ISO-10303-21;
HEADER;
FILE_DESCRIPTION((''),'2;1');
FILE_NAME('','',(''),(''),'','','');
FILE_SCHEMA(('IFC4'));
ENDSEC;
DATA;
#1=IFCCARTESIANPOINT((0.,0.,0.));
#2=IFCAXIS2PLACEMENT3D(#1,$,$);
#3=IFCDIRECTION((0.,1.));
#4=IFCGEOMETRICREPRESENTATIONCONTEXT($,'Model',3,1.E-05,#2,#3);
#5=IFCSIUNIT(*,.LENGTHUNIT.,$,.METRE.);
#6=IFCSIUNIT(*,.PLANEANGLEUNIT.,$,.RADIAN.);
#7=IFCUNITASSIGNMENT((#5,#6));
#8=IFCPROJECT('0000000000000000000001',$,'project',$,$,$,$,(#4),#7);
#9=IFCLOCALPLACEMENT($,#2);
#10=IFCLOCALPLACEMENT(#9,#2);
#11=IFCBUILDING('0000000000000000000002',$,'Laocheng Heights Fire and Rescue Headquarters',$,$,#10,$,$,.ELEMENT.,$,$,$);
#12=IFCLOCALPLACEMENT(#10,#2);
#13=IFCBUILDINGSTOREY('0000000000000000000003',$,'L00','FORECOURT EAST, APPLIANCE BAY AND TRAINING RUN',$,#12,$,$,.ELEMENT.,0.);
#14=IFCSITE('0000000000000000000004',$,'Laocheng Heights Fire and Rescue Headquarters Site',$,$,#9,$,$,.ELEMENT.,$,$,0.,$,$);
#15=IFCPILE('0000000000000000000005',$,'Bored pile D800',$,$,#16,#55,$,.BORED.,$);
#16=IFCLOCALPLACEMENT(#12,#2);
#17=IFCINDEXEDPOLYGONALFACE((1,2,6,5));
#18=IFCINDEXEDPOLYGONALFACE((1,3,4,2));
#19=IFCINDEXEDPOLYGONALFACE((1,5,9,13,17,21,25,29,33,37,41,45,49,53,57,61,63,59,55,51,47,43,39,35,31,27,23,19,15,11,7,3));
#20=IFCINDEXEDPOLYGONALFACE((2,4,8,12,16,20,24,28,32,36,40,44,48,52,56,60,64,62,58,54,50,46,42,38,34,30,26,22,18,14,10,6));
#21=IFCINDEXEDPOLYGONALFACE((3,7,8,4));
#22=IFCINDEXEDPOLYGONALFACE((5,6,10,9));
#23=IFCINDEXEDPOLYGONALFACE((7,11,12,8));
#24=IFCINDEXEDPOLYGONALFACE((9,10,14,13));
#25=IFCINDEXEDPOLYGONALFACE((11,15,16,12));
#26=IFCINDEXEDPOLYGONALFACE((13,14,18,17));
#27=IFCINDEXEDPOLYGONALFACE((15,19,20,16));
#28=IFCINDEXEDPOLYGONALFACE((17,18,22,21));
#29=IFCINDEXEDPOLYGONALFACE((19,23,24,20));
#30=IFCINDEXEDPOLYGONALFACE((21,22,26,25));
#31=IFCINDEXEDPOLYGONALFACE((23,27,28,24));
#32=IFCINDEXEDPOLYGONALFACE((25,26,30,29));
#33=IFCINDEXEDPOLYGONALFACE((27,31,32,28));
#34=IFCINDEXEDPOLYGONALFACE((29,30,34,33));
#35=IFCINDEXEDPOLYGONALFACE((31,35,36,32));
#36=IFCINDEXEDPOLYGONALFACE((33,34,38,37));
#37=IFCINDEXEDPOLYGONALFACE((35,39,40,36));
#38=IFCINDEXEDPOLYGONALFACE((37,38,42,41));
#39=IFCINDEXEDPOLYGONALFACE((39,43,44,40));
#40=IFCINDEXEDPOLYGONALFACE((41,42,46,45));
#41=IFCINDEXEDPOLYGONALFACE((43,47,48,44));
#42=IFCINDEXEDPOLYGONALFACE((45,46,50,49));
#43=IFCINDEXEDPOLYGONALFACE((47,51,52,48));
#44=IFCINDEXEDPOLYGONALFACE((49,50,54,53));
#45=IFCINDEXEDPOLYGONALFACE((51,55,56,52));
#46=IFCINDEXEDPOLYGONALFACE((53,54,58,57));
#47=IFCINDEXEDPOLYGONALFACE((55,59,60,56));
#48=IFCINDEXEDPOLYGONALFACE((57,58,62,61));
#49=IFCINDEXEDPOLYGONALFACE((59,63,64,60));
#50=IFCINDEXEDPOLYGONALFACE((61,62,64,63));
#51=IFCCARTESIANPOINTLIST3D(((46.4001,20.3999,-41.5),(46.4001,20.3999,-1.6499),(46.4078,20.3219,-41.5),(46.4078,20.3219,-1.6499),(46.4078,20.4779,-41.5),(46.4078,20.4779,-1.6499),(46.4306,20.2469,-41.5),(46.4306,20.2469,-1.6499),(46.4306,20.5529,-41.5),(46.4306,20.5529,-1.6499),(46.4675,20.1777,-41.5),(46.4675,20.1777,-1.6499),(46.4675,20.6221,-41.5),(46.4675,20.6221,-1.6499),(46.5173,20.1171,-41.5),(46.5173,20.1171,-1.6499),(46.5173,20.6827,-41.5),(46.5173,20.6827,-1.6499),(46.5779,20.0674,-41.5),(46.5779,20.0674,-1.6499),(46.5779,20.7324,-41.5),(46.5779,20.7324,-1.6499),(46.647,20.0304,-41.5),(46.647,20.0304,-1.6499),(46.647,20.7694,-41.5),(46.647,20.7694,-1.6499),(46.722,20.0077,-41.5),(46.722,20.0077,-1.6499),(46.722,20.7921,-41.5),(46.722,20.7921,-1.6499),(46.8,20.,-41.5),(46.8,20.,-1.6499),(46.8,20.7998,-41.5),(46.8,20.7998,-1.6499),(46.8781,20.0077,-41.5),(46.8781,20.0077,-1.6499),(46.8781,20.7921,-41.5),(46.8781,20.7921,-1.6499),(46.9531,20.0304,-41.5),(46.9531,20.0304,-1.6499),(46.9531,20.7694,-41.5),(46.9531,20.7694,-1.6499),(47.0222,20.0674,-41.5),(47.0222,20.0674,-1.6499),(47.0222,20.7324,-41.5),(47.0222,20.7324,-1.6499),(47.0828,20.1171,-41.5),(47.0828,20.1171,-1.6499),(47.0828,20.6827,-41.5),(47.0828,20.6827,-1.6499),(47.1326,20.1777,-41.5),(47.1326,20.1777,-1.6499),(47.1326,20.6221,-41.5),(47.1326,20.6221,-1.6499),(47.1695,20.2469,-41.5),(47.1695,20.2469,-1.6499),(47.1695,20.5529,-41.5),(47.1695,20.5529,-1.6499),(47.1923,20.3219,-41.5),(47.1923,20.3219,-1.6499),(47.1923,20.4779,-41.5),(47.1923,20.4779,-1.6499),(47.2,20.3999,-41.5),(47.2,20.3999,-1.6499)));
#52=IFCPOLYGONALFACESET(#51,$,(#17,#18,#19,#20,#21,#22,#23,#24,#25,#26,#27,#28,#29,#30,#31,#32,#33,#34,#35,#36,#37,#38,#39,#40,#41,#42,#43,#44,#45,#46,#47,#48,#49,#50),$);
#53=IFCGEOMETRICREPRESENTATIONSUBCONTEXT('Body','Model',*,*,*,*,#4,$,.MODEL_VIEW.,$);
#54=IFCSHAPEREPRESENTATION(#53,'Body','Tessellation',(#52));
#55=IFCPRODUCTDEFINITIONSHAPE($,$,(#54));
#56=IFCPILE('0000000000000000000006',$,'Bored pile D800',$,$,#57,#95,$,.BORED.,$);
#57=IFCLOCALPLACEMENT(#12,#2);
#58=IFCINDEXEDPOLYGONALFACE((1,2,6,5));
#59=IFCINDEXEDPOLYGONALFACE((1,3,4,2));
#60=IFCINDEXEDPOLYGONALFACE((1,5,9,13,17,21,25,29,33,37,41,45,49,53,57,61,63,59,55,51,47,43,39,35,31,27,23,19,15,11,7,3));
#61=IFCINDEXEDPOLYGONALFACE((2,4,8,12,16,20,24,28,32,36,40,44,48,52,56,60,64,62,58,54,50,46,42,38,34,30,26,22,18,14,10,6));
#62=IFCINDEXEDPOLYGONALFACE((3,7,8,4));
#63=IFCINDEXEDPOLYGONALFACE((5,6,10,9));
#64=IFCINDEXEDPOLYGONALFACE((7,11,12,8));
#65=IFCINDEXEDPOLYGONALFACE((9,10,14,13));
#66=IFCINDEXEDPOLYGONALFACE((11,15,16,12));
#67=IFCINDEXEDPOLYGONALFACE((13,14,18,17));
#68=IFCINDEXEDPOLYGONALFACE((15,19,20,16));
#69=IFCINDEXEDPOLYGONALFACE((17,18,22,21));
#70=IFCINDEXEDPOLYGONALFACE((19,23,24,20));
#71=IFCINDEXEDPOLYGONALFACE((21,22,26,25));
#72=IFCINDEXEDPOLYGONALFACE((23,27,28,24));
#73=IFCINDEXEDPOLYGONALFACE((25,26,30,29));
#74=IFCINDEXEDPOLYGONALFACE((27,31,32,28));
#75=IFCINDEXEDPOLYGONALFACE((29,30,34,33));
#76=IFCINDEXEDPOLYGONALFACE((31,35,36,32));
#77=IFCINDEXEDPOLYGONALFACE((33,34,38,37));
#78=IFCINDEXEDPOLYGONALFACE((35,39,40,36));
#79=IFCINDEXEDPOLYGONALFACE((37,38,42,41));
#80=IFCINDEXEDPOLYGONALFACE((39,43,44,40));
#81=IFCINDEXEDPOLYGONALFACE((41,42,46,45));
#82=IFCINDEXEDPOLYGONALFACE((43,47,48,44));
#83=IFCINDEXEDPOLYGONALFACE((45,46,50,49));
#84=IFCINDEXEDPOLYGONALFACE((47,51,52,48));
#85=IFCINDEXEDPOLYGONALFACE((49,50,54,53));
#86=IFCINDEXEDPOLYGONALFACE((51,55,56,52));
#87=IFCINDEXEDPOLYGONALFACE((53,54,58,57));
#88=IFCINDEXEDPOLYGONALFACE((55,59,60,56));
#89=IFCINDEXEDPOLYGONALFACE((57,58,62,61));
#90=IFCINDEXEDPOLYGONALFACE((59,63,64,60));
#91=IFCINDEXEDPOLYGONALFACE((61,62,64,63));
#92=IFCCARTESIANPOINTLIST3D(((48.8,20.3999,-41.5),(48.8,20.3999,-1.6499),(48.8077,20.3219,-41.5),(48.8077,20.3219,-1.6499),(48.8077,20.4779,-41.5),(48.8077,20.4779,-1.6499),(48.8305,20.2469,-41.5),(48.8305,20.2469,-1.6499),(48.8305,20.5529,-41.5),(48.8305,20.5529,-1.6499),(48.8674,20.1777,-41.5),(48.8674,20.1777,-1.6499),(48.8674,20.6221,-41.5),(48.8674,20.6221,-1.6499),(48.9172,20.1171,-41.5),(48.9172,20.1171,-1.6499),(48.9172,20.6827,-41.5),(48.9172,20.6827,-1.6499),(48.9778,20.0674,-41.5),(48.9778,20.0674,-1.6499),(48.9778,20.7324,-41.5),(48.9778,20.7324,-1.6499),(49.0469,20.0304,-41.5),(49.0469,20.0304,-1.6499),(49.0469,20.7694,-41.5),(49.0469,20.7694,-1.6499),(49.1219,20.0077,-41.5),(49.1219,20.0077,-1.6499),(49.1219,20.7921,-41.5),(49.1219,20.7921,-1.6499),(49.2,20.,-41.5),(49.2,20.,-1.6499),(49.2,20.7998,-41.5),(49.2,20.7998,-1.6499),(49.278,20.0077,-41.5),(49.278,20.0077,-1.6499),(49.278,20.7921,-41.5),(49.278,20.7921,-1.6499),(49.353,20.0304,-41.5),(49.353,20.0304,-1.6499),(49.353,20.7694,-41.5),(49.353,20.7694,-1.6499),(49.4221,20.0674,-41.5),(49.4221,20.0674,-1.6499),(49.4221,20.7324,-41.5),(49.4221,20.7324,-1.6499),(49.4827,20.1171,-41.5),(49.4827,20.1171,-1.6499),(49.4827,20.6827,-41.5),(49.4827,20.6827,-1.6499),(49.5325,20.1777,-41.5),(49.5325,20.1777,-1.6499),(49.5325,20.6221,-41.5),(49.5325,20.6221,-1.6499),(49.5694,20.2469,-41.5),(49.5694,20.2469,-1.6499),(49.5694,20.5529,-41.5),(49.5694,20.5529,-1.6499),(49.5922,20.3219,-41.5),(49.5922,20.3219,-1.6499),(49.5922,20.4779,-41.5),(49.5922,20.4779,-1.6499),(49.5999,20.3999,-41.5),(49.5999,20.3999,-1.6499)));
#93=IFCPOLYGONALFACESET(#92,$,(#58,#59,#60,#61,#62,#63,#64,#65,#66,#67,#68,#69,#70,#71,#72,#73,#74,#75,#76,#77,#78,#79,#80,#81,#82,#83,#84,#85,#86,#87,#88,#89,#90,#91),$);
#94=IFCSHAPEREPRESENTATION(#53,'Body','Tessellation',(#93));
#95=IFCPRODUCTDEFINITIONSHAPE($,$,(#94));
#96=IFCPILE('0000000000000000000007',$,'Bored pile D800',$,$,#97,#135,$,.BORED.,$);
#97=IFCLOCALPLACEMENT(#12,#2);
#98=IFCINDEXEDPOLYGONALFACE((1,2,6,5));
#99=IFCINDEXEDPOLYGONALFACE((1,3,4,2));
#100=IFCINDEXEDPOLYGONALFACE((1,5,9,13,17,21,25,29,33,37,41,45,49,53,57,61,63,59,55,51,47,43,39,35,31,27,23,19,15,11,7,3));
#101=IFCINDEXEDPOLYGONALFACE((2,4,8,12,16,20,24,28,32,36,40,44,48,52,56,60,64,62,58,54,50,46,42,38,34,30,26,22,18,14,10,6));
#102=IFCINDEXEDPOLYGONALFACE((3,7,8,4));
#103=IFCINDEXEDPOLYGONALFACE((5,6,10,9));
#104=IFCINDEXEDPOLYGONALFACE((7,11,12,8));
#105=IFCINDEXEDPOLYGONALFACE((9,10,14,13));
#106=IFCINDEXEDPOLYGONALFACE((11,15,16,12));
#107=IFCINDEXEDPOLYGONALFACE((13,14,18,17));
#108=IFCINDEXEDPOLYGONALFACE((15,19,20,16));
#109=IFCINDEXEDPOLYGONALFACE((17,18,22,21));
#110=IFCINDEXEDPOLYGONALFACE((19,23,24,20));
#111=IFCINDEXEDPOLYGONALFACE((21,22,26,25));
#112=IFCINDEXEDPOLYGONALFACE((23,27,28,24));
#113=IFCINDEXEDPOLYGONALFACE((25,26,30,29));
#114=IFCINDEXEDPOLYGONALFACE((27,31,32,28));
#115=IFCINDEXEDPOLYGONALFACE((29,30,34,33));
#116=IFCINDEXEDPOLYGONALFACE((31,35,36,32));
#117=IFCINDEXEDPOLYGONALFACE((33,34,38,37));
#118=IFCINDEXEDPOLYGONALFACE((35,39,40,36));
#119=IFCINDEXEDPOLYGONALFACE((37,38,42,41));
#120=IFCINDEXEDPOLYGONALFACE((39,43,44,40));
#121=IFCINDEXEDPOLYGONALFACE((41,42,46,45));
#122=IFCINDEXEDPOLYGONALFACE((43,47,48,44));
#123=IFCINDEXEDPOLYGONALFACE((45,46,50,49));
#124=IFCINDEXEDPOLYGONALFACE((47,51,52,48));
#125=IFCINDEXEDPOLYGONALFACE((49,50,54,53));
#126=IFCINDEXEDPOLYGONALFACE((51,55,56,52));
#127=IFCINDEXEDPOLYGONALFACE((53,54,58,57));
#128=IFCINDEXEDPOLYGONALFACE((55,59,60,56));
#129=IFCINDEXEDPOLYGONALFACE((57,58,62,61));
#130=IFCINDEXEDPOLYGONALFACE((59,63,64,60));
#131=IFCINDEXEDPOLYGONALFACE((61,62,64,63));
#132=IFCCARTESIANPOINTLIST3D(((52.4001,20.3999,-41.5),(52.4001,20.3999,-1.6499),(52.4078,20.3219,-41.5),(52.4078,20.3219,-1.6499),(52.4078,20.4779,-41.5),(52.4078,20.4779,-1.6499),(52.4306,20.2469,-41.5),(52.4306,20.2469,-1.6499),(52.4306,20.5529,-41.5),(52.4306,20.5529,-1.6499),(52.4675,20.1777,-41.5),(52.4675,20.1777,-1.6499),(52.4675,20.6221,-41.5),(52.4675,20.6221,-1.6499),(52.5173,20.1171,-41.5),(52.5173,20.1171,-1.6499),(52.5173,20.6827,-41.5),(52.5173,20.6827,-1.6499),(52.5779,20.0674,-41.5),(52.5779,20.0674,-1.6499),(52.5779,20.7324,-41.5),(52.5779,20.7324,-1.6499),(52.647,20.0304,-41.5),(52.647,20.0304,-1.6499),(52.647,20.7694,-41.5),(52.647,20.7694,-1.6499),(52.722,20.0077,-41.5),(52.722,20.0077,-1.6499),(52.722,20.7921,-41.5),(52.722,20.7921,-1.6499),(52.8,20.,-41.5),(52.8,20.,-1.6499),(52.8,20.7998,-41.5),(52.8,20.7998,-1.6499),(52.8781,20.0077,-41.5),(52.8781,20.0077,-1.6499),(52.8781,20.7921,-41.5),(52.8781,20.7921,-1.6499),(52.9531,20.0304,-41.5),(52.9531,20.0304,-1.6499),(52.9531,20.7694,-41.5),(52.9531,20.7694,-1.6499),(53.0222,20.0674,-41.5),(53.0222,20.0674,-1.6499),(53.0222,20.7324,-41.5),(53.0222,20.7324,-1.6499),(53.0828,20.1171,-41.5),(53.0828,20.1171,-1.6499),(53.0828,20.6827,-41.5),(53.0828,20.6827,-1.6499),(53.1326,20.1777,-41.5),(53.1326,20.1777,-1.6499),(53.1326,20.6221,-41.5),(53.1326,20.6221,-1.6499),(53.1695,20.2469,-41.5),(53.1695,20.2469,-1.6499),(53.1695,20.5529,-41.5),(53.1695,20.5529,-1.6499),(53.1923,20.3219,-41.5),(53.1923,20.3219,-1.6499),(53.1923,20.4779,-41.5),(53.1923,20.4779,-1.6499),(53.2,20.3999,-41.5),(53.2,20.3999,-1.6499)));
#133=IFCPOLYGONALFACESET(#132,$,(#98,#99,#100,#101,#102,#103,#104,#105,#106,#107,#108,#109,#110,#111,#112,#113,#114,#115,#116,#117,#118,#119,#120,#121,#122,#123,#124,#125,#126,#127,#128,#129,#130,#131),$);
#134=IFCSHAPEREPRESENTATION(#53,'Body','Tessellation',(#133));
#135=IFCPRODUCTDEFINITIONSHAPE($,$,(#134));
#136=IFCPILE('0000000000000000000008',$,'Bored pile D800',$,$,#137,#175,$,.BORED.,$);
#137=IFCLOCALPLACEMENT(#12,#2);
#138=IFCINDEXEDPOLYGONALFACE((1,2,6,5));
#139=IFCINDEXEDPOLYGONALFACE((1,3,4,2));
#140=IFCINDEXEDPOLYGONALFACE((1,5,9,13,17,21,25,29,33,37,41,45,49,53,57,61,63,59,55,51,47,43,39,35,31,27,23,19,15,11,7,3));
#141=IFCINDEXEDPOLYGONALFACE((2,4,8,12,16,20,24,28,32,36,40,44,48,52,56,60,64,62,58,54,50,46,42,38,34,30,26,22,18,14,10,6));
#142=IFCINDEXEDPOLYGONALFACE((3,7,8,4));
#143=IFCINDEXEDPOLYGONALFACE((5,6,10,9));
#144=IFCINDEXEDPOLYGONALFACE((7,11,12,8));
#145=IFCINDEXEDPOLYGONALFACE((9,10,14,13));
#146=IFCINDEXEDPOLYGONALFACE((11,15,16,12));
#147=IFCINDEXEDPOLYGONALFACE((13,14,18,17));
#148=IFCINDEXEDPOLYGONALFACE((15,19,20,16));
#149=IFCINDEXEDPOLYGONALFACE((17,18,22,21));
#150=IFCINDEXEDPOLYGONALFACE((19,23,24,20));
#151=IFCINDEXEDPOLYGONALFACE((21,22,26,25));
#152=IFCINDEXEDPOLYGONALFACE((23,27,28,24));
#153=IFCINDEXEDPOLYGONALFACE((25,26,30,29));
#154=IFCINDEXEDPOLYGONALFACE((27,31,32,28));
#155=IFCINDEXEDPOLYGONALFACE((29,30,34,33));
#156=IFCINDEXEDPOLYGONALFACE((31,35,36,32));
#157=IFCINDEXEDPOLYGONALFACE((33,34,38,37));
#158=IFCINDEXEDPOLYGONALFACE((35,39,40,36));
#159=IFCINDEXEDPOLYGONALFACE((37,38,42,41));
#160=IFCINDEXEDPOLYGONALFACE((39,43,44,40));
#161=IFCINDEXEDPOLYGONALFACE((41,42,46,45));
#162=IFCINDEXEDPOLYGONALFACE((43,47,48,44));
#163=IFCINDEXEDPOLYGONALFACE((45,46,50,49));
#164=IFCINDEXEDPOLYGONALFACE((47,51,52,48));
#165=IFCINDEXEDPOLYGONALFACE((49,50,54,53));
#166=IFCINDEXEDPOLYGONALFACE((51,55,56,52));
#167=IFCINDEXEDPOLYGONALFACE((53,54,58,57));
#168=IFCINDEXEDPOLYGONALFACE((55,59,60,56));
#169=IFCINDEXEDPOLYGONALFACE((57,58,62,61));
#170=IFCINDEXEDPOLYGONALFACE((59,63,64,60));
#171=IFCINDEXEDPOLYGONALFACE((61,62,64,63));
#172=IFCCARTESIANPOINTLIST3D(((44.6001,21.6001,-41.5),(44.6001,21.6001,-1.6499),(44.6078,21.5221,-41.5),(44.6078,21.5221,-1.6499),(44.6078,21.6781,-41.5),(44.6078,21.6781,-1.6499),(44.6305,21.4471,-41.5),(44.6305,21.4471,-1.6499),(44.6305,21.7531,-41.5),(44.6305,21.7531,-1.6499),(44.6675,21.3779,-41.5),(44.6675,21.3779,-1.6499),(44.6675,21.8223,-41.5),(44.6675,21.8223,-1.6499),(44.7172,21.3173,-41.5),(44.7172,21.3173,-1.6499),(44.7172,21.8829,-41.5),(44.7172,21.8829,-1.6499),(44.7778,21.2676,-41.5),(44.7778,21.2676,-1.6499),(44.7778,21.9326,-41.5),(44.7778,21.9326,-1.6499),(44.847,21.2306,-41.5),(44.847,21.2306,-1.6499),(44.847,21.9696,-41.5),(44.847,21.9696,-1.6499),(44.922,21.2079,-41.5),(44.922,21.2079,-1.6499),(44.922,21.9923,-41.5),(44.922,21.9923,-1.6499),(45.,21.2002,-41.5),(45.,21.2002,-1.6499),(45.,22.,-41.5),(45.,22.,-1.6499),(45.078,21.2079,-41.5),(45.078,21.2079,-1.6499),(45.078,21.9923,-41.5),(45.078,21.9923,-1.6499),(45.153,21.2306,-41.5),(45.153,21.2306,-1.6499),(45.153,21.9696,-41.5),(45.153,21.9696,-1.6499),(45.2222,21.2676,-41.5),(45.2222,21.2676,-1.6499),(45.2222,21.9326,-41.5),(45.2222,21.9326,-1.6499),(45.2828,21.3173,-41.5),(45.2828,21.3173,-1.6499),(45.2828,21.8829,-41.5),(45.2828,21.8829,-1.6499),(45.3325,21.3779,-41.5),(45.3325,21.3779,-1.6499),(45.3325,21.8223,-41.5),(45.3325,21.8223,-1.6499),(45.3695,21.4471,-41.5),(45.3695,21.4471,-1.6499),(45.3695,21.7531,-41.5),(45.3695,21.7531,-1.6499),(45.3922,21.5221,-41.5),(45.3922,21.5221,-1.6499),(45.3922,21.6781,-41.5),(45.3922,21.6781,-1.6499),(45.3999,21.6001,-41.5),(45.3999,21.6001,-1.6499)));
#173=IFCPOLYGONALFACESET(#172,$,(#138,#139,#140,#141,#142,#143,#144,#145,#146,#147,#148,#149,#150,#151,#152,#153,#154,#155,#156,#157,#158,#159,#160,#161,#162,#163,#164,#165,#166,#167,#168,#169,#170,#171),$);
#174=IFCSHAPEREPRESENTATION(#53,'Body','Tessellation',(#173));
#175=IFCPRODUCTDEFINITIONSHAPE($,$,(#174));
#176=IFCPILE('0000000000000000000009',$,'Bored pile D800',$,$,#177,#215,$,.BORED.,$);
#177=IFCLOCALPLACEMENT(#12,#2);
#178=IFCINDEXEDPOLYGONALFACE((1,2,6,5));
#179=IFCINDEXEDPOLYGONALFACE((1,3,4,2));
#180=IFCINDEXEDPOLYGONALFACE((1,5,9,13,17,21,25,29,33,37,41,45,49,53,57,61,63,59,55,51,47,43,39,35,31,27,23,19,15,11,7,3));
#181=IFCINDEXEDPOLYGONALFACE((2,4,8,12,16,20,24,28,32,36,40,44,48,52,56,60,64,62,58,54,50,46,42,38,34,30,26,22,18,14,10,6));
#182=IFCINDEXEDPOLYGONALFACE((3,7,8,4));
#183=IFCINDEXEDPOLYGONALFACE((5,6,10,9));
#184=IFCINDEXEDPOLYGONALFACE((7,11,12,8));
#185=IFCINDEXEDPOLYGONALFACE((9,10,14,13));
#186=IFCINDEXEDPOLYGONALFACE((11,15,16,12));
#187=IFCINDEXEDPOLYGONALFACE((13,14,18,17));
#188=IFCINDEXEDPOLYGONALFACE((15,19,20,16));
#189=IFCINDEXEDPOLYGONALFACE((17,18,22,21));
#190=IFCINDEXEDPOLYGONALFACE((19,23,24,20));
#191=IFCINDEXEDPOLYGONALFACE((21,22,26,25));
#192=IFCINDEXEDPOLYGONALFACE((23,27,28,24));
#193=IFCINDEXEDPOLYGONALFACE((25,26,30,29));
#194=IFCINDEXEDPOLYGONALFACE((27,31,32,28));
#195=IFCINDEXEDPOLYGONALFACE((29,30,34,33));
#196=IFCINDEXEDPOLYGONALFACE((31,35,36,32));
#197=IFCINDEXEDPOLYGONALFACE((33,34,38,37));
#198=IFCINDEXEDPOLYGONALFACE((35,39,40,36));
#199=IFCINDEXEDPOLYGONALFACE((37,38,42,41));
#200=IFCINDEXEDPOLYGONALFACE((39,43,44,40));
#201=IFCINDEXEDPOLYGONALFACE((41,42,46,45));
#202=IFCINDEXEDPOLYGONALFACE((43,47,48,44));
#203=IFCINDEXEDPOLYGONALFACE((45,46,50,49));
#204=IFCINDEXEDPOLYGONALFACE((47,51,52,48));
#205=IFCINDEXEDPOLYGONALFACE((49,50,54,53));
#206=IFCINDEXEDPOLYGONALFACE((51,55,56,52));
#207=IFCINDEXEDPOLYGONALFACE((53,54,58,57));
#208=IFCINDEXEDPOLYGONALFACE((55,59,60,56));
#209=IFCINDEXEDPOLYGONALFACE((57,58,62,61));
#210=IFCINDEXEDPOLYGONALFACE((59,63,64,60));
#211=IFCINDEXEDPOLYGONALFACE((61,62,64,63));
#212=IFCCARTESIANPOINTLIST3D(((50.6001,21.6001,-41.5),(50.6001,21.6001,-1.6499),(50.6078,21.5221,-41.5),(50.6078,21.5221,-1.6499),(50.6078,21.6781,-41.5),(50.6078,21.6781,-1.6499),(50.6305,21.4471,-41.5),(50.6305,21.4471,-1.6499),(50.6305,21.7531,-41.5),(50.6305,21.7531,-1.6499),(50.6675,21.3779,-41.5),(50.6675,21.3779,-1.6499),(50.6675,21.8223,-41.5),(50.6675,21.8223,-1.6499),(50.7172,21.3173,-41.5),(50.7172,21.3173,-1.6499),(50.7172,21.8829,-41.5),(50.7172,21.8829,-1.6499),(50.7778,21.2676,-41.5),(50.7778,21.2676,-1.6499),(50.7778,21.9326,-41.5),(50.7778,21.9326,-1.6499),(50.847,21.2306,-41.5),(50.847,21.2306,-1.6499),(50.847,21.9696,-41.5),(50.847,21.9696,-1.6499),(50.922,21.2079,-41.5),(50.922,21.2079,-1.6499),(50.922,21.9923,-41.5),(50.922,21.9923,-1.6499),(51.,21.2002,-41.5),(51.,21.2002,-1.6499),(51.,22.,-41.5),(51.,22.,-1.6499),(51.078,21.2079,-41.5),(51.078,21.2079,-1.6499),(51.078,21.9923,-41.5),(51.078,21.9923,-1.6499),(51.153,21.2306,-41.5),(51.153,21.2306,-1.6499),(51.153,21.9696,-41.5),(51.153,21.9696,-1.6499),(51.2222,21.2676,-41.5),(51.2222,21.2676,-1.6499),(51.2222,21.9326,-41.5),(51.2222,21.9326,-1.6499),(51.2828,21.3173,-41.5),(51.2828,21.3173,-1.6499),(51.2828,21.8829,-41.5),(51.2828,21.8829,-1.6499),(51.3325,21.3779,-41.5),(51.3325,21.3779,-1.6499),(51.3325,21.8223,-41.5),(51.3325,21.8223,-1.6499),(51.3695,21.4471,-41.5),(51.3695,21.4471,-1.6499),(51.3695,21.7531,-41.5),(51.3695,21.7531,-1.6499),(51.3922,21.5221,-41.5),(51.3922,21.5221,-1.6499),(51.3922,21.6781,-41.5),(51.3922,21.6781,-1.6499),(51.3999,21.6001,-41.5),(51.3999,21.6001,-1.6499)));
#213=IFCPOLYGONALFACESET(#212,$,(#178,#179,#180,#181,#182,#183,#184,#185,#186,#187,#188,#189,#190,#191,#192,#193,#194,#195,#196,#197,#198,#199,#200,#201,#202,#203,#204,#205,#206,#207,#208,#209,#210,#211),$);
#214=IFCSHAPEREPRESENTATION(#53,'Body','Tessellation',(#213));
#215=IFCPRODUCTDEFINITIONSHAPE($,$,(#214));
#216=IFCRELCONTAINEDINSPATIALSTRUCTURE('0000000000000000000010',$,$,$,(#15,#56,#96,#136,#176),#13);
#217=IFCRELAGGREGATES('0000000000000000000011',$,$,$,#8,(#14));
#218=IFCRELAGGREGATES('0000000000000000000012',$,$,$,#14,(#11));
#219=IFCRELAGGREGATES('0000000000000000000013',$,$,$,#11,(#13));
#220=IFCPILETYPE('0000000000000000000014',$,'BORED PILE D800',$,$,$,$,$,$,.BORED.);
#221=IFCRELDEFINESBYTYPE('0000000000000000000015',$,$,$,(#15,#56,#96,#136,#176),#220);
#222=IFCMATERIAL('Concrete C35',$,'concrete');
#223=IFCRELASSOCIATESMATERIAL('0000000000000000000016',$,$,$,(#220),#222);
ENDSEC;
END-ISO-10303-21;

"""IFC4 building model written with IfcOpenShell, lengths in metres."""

from ifc_helpers import new_model, si_unit, direction, frame, origin, origin_2d, place, context, subcontext, project, spatial, circle, extrude, material, material_profile, profile_set, type_object, element, save


model = new_model("IFC4")

# Units and contexts
model_context = context("Model", 3, precision=1e-05, world=origin(), true_north=direction((0.0, 1.0)))
body_context = subcontext(model_context, "Body", "Model", "MODEL_VIEW")
ifc_project = project(units=[si_unit("LENGTHUNIT", "METRE"), si_unit("PLANEANGLEUNIT", "RADIAN")], contexts=[model_context])

# Site, building, storey
site_placement = place(None, origin())
site = spatial("IfcSite", under=ifc_project, at=site_placement, Name="Laocheng Heights Fire and Rescue Headquarters Site", CompositionType="ELEMENT", RefElevation=0.0)
building_placement = place(site_placement, origin())
building = spatial("IfcBuilding", under=site, at=building_placement, Name="Laocheng Heights Fire and Rescue Headquarters", CompositionType="ELEMENT")
storey_placement = place(building_placement, origin())
storey = spatial("IfcBuildingStorey", under=building, at=storey_placement, Name="L00", Description="FORECOURT EAST, APPLIANCE BAY AND TRAINING RUN", CompositionType="ELEMENT", Elevation=0.0)

# Piles
ifc_material_1 = material(Name="Concrete C35", Category="concrete")
ifc_material_profile_1 = material_profile(ifc_material_1, circle(Radius=0.3999, at=origin_2d()), Name="BORED PILE D800")
ifc_profile_set_1 = profile_set([ifc_material_profile_1], Name="Concrete C35")
pile_type = type_object("IfcPileType", Name="BORED PILE D800", PredefinedType="BORED", material=ifc_profile_set_1)
for number, where, z_axis, x_axis, name in (
    (1, (46.8, 20.3999, -1.6499), (0.0, 0.0, -1.0), (1.0, 0.0, 0.0), "Bored pile D800"),
    (2, (49.2, 20.3999, -1.6499), (0.0, 0.0, -1.0), (1.0, 0.0, 0.0), "Bored pile D800"),
    (3, (52.8, 20.3999, -1.6499), (0.0, 0.0, -1.0), (1.0, 0.0, 0.0), "Bored pile D800"),
    (4, (45.0, 21.6001, -1.6499), (0.0, 0.0, -1.0), (1.0, 0.0, 0.0), "Bored pile D800"),
    (5, (51.0, 21.6001, -1.6499), (0.0, 0.0, -1.0), (1.0, 0.0, 0.0), "Bored pile D800"),
):
    element("IfcPile", number, at=place(storey_placement, frame(where, z_axis=z_axis, x_axis=x_axis)), inside=storey, type_object=pile_type, Name=name, PredefinedType="BORED", context=body_context, shape_type="SweptSolid", body=[
        extrude(circle(Radius=0.3999, at=origin_2d()), origin(), (0.0, 0.0, 1.0), 39.8501),
    ])

save(model, "model.ifc")
